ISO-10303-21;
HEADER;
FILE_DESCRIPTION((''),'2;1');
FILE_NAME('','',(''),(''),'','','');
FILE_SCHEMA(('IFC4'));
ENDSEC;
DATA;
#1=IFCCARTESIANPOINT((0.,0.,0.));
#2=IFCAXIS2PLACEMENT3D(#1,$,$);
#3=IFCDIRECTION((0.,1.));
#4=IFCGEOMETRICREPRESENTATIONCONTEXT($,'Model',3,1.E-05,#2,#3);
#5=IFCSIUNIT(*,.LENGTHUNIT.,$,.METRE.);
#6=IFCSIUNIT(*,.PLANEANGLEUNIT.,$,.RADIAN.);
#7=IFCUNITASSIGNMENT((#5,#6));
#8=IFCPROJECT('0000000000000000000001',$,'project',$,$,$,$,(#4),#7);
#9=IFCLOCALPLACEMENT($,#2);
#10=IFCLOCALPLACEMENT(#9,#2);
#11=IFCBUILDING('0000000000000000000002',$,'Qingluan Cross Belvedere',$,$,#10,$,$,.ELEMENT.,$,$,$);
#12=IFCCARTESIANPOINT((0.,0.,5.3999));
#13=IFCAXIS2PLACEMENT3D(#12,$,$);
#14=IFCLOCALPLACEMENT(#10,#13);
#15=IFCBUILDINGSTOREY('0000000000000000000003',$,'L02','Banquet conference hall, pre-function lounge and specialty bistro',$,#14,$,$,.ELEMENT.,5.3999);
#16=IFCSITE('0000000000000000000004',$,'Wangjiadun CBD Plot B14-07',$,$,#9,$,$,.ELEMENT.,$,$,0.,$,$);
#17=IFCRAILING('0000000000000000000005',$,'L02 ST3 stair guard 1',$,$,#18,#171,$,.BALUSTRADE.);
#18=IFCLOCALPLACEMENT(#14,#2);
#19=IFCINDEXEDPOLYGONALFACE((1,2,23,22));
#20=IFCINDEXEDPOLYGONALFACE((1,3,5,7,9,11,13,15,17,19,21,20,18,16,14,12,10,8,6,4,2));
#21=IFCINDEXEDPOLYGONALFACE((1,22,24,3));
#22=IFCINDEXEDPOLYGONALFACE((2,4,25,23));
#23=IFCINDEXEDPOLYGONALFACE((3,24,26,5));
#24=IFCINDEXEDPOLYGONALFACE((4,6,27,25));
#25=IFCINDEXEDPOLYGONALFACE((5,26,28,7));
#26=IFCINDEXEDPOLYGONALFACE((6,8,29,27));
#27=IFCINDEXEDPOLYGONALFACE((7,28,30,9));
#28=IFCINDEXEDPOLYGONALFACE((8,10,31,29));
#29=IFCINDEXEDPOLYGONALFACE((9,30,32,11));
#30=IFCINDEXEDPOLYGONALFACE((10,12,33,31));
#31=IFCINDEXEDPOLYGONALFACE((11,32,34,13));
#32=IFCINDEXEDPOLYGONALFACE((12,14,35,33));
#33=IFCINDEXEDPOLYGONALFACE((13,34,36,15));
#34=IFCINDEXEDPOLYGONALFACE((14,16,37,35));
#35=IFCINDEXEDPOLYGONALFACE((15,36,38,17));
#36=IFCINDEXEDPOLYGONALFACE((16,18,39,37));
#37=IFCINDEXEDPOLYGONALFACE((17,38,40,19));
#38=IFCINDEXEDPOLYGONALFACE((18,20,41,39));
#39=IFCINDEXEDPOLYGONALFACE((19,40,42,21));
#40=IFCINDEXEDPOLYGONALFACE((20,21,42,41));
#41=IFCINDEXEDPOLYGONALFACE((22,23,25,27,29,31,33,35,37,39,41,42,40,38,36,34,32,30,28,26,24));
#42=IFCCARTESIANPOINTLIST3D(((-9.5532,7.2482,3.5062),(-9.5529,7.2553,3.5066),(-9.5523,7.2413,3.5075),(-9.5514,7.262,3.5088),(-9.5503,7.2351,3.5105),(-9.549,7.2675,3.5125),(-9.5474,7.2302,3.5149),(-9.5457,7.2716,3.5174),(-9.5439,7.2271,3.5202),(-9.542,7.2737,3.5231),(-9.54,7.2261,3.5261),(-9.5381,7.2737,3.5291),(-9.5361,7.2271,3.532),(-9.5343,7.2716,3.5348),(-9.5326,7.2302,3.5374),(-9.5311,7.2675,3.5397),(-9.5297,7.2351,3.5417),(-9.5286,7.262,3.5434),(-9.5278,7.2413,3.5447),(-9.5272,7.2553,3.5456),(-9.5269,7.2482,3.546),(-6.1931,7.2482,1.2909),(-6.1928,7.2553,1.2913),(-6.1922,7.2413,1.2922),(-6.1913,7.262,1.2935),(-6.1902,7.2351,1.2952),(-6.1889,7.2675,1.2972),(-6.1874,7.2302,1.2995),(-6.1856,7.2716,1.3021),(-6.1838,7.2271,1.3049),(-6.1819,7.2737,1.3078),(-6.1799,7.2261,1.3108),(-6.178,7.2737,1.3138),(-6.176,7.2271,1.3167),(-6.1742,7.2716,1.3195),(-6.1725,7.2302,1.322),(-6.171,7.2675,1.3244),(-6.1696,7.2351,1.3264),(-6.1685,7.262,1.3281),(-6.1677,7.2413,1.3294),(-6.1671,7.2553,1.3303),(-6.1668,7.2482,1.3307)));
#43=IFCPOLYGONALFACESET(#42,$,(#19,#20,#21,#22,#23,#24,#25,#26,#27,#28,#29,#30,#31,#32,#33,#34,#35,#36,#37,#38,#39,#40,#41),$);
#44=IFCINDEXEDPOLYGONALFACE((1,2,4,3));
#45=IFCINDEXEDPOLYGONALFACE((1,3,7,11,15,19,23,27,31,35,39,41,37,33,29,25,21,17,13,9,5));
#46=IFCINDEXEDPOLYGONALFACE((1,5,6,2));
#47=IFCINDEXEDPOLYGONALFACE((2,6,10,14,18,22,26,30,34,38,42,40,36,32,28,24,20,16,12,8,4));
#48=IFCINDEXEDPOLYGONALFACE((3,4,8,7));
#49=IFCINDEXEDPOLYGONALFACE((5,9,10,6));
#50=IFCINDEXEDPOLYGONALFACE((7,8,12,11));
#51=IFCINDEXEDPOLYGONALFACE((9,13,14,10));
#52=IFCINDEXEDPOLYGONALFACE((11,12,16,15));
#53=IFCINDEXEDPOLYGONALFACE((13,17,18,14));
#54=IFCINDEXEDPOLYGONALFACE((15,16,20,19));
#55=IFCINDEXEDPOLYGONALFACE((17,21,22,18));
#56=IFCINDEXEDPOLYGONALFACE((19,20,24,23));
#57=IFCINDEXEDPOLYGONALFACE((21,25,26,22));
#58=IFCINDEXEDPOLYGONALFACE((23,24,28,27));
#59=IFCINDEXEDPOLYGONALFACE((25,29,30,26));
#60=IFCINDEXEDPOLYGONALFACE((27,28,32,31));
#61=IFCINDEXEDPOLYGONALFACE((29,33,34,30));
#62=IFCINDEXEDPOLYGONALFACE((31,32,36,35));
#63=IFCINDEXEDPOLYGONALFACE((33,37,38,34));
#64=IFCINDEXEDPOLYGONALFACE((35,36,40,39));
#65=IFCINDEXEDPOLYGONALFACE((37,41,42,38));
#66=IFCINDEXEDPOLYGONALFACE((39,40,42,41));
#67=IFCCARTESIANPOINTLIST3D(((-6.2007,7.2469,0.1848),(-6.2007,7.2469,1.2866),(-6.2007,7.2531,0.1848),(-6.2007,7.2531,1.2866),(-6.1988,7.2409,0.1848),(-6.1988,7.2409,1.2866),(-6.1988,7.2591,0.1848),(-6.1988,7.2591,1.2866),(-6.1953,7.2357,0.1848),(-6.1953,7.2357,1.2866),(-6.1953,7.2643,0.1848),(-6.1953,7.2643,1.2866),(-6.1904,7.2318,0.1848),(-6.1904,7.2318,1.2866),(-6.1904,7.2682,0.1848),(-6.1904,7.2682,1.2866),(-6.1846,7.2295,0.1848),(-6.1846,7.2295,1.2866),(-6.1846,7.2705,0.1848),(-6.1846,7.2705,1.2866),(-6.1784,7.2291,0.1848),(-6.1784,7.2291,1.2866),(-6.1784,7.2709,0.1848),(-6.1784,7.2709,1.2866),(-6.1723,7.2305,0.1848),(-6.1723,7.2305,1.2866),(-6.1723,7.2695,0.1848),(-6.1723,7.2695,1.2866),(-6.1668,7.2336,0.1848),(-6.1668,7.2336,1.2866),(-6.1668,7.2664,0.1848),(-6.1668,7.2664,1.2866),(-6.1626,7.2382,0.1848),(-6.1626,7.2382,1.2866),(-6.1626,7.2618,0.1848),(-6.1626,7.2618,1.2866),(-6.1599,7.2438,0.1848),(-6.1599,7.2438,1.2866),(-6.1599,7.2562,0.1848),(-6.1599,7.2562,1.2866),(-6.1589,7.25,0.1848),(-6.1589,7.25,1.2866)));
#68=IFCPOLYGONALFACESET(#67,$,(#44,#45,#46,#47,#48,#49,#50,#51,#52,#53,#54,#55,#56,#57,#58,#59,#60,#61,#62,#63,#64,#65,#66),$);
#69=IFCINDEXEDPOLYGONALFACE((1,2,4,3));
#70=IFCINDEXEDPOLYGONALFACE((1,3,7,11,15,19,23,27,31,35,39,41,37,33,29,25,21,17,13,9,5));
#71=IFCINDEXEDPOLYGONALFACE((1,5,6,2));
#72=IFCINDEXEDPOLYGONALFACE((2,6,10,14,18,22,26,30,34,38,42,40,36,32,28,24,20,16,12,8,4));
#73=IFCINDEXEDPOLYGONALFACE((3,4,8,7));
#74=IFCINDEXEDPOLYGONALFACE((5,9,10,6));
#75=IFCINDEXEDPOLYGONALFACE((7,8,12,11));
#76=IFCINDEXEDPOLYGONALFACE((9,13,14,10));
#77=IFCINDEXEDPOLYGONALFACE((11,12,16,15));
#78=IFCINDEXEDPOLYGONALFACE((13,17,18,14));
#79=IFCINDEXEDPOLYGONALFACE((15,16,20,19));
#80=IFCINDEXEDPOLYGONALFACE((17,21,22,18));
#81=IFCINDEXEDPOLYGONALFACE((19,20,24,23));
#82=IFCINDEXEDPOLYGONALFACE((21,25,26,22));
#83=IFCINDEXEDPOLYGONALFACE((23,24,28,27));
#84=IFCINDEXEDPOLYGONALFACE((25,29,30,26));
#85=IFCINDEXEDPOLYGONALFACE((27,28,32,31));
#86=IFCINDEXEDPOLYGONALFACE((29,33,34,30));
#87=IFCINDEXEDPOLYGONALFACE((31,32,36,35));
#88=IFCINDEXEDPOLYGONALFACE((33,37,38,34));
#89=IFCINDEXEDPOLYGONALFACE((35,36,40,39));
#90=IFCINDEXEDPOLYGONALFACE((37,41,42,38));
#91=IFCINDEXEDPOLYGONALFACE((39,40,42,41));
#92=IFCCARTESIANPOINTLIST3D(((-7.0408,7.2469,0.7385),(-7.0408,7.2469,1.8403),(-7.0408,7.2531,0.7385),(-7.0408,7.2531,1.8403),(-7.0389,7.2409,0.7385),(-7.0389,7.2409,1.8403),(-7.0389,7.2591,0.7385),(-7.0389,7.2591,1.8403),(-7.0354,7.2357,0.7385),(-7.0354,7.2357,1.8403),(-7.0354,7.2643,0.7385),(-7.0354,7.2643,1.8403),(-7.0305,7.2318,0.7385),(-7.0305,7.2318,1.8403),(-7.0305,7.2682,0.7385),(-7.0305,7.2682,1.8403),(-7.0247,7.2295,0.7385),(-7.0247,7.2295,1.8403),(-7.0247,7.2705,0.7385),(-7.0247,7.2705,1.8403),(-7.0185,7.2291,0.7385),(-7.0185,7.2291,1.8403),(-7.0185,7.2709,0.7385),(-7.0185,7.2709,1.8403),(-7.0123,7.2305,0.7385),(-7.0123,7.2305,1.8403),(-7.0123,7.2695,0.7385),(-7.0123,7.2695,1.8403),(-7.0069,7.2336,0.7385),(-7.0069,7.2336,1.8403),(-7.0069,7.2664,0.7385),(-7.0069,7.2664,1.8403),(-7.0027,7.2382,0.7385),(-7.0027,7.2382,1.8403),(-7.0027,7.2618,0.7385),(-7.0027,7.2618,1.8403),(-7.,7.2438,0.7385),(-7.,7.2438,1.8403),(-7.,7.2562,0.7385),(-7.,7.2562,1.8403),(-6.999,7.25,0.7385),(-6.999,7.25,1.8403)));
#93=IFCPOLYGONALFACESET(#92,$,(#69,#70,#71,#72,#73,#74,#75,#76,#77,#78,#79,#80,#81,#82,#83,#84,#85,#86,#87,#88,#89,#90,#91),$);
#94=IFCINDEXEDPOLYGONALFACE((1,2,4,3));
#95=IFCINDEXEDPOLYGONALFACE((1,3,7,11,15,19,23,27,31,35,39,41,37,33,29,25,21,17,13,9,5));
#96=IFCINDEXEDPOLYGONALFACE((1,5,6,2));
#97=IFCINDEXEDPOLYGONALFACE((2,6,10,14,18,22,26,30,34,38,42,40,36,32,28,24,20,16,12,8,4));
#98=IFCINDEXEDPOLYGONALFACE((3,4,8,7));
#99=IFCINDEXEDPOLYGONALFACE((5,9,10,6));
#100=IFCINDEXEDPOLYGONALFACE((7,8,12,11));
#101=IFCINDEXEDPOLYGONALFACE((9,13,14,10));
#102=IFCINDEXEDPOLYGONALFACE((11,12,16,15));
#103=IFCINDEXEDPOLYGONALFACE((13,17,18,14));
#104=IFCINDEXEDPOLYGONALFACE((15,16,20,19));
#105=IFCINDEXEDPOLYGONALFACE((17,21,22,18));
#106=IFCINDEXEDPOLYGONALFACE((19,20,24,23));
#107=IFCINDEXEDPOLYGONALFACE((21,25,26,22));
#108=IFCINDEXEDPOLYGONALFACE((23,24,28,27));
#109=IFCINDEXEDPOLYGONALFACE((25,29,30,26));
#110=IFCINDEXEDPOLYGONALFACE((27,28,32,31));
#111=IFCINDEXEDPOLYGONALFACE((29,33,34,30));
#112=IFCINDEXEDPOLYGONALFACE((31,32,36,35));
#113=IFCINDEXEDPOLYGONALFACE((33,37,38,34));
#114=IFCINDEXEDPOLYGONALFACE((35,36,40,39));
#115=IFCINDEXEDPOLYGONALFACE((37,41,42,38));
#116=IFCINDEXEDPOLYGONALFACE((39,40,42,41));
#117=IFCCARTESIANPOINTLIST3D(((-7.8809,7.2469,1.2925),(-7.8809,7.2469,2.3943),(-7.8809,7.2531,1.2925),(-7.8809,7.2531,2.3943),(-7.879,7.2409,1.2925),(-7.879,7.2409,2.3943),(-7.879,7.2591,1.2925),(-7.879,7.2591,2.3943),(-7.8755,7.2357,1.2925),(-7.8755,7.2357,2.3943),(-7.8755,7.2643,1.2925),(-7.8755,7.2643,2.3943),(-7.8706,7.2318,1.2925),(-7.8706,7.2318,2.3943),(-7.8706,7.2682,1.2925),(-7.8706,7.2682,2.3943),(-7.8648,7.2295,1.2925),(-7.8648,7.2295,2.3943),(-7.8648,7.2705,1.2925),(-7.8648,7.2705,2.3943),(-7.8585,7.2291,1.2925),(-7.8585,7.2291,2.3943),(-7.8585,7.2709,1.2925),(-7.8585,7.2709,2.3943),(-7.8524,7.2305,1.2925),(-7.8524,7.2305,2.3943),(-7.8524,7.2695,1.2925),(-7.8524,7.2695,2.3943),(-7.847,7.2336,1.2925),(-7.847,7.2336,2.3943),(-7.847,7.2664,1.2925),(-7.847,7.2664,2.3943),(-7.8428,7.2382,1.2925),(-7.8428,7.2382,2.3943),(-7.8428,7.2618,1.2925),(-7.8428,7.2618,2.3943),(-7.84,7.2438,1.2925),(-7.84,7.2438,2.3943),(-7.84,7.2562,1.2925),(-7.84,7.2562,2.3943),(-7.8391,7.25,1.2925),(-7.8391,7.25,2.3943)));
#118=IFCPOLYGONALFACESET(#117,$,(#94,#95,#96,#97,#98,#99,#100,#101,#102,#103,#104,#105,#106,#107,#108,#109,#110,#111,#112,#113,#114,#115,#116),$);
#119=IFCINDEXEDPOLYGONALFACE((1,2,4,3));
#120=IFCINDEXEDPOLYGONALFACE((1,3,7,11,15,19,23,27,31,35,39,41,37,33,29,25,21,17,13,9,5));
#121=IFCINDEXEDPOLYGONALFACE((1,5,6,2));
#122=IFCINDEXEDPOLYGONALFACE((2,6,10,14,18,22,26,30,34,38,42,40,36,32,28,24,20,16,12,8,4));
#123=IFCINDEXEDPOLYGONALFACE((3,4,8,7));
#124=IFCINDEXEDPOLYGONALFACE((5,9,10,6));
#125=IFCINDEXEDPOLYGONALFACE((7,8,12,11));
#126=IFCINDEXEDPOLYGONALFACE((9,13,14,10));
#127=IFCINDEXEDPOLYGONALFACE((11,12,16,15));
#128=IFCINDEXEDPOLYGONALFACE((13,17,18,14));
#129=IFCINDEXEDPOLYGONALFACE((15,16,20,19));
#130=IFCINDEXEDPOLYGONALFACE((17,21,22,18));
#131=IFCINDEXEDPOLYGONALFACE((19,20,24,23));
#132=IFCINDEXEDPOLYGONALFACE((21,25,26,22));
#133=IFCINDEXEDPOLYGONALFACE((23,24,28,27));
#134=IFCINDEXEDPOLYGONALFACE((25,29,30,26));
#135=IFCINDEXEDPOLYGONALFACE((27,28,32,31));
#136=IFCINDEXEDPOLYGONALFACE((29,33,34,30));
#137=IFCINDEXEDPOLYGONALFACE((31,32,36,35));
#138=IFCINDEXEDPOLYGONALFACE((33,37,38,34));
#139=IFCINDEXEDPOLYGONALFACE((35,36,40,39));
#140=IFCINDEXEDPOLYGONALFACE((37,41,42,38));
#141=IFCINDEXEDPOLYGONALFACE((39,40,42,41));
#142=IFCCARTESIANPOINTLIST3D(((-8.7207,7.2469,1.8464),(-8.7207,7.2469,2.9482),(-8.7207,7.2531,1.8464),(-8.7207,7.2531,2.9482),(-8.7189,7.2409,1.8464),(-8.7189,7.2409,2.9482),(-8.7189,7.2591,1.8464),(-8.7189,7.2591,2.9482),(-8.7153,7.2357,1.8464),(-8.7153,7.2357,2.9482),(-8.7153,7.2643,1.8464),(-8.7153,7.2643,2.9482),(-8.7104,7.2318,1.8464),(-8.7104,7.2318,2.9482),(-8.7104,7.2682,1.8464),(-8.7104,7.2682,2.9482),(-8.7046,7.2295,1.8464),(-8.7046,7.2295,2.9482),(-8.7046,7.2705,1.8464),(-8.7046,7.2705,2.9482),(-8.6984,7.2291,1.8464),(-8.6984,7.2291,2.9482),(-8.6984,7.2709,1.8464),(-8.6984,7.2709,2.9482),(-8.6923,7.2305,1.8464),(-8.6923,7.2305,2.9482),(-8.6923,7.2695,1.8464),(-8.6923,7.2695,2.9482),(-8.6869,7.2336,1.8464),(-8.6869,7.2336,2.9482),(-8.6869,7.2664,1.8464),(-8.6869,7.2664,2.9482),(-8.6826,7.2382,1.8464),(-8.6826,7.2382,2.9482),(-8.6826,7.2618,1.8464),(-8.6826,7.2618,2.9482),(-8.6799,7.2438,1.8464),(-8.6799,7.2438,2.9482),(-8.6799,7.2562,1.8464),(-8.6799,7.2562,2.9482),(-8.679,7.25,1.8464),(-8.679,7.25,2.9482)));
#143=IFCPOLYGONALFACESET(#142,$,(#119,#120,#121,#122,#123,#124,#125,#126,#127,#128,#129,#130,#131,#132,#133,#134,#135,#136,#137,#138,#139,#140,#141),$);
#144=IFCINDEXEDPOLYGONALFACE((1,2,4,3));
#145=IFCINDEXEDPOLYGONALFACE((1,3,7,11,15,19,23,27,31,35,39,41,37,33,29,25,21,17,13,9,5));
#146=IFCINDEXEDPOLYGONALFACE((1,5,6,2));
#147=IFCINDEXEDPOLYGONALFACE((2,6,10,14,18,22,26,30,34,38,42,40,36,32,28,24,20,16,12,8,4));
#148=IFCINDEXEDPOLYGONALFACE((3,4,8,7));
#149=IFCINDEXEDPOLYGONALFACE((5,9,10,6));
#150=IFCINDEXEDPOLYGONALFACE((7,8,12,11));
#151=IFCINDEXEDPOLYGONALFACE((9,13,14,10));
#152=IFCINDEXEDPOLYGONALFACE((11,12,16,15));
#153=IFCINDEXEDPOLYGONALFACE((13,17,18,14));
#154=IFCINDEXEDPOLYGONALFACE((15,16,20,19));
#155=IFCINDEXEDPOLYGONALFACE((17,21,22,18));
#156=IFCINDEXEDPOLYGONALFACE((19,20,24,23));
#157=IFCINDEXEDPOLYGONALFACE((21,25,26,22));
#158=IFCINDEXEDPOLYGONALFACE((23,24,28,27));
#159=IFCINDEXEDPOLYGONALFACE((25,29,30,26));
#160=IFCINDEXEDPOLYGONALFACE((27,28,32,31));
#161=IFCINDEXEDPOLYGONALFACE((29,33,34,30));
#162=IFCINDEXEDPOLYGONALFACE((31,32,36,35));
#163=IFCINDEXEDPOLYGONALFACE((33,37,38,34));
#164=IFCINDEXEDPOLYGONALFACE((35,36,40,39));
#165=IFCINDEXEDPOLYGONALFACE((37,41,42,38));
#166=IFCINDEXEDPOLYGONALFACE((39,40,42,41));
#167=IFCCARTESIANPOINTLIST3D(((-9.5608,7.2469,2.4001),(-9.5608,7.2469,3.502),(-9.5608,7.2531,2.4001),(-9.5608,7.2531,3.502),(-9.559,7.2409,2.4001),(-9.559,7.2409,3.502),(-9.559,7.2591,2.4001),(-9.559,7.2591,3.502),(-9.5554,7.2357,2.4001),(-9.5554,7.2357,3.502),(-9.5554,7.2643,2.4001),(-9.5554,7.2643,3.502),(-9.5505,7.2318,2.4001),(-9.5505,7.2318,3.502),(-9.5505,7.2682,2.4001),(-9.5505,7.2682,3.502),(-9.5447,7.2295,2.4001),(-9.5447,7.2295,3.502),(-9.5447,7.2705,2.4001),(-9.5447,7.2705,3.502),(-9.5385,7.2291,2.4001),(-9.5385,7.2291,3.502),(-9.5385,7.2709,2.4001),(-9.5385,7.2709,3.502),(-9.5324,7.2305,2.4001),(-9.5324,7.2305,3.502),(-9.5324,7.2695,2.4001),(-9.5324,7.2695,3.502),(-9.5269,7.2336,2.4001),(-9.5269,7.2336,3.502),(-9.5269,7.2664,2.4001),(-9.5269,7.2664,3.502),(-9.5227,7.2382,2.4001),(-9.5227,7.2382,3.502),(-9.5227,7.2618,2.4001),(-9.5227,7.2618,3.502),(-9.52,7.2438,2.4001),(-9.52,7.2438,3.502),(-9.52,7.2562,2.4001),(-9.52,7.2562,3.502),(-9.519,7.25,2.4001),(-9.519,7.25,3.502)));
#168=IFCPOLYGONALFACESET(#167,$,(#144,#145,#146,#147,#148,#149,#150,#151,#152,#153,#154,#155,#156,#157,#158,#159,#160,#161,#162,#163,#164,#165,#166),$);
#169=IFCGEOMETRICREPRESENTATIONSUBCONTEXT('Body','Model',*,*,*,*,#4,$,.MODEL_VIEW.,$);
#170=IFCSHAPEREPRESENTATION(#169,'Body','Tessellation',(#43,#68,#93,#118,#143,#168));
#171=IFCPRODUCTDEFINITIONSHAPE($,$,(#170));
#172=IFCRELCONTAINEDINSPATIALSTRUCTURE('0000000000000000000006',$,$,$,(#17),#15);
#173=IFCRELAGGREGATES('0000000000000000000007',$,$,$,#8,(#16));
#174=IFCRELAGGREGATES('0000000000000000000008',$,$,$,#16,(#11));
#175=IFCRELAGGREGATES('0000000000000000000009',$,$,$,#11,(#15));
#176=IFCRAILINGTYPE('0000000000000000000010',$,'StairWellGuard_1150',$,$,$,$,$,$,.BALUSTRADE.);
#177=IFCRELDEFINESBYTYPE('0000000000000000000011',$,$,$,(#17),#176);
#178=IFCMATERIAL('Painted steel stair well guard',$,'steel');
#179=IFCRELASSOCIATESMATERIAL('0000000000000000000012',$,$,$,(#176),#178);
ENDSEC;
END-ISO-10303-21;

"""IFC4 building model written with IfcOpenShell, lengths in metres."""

from ifc_helpers import new_model, si_unit, direction, frame, origin, origin_2d, place, context, subcontext, project, spatial, circle, extrude, material, type_object, element, save


model = new_model("IFC4")

# Units and contexts
model_context = context("Model", 3, precision=1e-05, world=origin(), true_north=direction((0.0, 1.0)))
body_context = subcontext(model_context, "Body", "Model", "MODEL_VIEW")
ifc_project = project(units=[si_unit("LENGTHUNIT", "METRE"), si_unit("PLANEANGLEUNIT", "RADIAN")], contexts=[model_context])

# Site, building, storey
site_placement = place(None, origin())
site = spatial("IfcSite", under=ifc_project, at=site_placement, Name="Wangjiadun CBD Plot B14-07", CompositionType="ELEMENT", RefElevation=0.0)
building_placement = place(site_placement, origin())
building = spatial("IfcBuilding", under=site, at=building_placement, Name="Qingluan Cross Belvedere", CompositionType="ELEMENT")
storey_placement = place(building_placement, frame((0.0, 0.0, 5.3999)))
storey = spatial("IfcBuildingStorey", under=building, at=storey_placement, Name="L02", Description="Banquet conference hall, pre-function lounge and specialty bistro", CompositionType="ELEMENT", Elevation=5.3999)

# Railing
ifc_material_1 = material(Name="Painted steel stair well guard", Category="steel")
railing_type_1 = type_object("IfcRailingType", Name="StairWellGuard_1150", PredefinedType="BALUSTRADE", material=ifc_material_1)
railing_1_placement = place(storey_placement, frame((-6.1799, 7.25, 0.1848)))
element("IfcRailing", 1, at=railing_1_placement, inside=storey, type_object=railing_type_1, Name="L02 ST3 stair guard 1", PredefinedType="BALUSTRADE", context=body_context, shape_type="SweptSolid", body=[
    extrude(circle(Radius=0.0239, at=origin_2d()), frame((0.0, 0.0, 1.126), z_axis=(-0.834876, 0.0, 0.550437), x_axis=(0.0, -1.0, 0.0)), (0.0, 0.0, 1.0), 4.0247),
    extrude(circle(Radius=0.021, at=origin_2d()), origin(), (0.0, 0.0, 1.0), 1.1018),
    extrude(circle(Radius=0.021, at=origin_2d()), frame((-0.8401, 0.0, 0.5537)), (0.0, 0.0, 1.0), 1.1018),
    extrude(circle(Radius=0.021, at=origin_2d()), frame((-1.6802, 0.0, 1.1077)), (0.0, 0.0, 1.0), 1.1018),
    extrude(circle(Radius=0.021, at=origin_2d()), frame((-2.52, 0.0, 1.6616)), (0.0, 0.0, 1.0), 1.1018),
    extrude(circle(Radius=0.021, at=origin_2d()), frame((-3.3601, 0.0, 2.2153)), (0.0, 0.0, 1.0), 1.1018),
])

save(model, "model.ifc")
